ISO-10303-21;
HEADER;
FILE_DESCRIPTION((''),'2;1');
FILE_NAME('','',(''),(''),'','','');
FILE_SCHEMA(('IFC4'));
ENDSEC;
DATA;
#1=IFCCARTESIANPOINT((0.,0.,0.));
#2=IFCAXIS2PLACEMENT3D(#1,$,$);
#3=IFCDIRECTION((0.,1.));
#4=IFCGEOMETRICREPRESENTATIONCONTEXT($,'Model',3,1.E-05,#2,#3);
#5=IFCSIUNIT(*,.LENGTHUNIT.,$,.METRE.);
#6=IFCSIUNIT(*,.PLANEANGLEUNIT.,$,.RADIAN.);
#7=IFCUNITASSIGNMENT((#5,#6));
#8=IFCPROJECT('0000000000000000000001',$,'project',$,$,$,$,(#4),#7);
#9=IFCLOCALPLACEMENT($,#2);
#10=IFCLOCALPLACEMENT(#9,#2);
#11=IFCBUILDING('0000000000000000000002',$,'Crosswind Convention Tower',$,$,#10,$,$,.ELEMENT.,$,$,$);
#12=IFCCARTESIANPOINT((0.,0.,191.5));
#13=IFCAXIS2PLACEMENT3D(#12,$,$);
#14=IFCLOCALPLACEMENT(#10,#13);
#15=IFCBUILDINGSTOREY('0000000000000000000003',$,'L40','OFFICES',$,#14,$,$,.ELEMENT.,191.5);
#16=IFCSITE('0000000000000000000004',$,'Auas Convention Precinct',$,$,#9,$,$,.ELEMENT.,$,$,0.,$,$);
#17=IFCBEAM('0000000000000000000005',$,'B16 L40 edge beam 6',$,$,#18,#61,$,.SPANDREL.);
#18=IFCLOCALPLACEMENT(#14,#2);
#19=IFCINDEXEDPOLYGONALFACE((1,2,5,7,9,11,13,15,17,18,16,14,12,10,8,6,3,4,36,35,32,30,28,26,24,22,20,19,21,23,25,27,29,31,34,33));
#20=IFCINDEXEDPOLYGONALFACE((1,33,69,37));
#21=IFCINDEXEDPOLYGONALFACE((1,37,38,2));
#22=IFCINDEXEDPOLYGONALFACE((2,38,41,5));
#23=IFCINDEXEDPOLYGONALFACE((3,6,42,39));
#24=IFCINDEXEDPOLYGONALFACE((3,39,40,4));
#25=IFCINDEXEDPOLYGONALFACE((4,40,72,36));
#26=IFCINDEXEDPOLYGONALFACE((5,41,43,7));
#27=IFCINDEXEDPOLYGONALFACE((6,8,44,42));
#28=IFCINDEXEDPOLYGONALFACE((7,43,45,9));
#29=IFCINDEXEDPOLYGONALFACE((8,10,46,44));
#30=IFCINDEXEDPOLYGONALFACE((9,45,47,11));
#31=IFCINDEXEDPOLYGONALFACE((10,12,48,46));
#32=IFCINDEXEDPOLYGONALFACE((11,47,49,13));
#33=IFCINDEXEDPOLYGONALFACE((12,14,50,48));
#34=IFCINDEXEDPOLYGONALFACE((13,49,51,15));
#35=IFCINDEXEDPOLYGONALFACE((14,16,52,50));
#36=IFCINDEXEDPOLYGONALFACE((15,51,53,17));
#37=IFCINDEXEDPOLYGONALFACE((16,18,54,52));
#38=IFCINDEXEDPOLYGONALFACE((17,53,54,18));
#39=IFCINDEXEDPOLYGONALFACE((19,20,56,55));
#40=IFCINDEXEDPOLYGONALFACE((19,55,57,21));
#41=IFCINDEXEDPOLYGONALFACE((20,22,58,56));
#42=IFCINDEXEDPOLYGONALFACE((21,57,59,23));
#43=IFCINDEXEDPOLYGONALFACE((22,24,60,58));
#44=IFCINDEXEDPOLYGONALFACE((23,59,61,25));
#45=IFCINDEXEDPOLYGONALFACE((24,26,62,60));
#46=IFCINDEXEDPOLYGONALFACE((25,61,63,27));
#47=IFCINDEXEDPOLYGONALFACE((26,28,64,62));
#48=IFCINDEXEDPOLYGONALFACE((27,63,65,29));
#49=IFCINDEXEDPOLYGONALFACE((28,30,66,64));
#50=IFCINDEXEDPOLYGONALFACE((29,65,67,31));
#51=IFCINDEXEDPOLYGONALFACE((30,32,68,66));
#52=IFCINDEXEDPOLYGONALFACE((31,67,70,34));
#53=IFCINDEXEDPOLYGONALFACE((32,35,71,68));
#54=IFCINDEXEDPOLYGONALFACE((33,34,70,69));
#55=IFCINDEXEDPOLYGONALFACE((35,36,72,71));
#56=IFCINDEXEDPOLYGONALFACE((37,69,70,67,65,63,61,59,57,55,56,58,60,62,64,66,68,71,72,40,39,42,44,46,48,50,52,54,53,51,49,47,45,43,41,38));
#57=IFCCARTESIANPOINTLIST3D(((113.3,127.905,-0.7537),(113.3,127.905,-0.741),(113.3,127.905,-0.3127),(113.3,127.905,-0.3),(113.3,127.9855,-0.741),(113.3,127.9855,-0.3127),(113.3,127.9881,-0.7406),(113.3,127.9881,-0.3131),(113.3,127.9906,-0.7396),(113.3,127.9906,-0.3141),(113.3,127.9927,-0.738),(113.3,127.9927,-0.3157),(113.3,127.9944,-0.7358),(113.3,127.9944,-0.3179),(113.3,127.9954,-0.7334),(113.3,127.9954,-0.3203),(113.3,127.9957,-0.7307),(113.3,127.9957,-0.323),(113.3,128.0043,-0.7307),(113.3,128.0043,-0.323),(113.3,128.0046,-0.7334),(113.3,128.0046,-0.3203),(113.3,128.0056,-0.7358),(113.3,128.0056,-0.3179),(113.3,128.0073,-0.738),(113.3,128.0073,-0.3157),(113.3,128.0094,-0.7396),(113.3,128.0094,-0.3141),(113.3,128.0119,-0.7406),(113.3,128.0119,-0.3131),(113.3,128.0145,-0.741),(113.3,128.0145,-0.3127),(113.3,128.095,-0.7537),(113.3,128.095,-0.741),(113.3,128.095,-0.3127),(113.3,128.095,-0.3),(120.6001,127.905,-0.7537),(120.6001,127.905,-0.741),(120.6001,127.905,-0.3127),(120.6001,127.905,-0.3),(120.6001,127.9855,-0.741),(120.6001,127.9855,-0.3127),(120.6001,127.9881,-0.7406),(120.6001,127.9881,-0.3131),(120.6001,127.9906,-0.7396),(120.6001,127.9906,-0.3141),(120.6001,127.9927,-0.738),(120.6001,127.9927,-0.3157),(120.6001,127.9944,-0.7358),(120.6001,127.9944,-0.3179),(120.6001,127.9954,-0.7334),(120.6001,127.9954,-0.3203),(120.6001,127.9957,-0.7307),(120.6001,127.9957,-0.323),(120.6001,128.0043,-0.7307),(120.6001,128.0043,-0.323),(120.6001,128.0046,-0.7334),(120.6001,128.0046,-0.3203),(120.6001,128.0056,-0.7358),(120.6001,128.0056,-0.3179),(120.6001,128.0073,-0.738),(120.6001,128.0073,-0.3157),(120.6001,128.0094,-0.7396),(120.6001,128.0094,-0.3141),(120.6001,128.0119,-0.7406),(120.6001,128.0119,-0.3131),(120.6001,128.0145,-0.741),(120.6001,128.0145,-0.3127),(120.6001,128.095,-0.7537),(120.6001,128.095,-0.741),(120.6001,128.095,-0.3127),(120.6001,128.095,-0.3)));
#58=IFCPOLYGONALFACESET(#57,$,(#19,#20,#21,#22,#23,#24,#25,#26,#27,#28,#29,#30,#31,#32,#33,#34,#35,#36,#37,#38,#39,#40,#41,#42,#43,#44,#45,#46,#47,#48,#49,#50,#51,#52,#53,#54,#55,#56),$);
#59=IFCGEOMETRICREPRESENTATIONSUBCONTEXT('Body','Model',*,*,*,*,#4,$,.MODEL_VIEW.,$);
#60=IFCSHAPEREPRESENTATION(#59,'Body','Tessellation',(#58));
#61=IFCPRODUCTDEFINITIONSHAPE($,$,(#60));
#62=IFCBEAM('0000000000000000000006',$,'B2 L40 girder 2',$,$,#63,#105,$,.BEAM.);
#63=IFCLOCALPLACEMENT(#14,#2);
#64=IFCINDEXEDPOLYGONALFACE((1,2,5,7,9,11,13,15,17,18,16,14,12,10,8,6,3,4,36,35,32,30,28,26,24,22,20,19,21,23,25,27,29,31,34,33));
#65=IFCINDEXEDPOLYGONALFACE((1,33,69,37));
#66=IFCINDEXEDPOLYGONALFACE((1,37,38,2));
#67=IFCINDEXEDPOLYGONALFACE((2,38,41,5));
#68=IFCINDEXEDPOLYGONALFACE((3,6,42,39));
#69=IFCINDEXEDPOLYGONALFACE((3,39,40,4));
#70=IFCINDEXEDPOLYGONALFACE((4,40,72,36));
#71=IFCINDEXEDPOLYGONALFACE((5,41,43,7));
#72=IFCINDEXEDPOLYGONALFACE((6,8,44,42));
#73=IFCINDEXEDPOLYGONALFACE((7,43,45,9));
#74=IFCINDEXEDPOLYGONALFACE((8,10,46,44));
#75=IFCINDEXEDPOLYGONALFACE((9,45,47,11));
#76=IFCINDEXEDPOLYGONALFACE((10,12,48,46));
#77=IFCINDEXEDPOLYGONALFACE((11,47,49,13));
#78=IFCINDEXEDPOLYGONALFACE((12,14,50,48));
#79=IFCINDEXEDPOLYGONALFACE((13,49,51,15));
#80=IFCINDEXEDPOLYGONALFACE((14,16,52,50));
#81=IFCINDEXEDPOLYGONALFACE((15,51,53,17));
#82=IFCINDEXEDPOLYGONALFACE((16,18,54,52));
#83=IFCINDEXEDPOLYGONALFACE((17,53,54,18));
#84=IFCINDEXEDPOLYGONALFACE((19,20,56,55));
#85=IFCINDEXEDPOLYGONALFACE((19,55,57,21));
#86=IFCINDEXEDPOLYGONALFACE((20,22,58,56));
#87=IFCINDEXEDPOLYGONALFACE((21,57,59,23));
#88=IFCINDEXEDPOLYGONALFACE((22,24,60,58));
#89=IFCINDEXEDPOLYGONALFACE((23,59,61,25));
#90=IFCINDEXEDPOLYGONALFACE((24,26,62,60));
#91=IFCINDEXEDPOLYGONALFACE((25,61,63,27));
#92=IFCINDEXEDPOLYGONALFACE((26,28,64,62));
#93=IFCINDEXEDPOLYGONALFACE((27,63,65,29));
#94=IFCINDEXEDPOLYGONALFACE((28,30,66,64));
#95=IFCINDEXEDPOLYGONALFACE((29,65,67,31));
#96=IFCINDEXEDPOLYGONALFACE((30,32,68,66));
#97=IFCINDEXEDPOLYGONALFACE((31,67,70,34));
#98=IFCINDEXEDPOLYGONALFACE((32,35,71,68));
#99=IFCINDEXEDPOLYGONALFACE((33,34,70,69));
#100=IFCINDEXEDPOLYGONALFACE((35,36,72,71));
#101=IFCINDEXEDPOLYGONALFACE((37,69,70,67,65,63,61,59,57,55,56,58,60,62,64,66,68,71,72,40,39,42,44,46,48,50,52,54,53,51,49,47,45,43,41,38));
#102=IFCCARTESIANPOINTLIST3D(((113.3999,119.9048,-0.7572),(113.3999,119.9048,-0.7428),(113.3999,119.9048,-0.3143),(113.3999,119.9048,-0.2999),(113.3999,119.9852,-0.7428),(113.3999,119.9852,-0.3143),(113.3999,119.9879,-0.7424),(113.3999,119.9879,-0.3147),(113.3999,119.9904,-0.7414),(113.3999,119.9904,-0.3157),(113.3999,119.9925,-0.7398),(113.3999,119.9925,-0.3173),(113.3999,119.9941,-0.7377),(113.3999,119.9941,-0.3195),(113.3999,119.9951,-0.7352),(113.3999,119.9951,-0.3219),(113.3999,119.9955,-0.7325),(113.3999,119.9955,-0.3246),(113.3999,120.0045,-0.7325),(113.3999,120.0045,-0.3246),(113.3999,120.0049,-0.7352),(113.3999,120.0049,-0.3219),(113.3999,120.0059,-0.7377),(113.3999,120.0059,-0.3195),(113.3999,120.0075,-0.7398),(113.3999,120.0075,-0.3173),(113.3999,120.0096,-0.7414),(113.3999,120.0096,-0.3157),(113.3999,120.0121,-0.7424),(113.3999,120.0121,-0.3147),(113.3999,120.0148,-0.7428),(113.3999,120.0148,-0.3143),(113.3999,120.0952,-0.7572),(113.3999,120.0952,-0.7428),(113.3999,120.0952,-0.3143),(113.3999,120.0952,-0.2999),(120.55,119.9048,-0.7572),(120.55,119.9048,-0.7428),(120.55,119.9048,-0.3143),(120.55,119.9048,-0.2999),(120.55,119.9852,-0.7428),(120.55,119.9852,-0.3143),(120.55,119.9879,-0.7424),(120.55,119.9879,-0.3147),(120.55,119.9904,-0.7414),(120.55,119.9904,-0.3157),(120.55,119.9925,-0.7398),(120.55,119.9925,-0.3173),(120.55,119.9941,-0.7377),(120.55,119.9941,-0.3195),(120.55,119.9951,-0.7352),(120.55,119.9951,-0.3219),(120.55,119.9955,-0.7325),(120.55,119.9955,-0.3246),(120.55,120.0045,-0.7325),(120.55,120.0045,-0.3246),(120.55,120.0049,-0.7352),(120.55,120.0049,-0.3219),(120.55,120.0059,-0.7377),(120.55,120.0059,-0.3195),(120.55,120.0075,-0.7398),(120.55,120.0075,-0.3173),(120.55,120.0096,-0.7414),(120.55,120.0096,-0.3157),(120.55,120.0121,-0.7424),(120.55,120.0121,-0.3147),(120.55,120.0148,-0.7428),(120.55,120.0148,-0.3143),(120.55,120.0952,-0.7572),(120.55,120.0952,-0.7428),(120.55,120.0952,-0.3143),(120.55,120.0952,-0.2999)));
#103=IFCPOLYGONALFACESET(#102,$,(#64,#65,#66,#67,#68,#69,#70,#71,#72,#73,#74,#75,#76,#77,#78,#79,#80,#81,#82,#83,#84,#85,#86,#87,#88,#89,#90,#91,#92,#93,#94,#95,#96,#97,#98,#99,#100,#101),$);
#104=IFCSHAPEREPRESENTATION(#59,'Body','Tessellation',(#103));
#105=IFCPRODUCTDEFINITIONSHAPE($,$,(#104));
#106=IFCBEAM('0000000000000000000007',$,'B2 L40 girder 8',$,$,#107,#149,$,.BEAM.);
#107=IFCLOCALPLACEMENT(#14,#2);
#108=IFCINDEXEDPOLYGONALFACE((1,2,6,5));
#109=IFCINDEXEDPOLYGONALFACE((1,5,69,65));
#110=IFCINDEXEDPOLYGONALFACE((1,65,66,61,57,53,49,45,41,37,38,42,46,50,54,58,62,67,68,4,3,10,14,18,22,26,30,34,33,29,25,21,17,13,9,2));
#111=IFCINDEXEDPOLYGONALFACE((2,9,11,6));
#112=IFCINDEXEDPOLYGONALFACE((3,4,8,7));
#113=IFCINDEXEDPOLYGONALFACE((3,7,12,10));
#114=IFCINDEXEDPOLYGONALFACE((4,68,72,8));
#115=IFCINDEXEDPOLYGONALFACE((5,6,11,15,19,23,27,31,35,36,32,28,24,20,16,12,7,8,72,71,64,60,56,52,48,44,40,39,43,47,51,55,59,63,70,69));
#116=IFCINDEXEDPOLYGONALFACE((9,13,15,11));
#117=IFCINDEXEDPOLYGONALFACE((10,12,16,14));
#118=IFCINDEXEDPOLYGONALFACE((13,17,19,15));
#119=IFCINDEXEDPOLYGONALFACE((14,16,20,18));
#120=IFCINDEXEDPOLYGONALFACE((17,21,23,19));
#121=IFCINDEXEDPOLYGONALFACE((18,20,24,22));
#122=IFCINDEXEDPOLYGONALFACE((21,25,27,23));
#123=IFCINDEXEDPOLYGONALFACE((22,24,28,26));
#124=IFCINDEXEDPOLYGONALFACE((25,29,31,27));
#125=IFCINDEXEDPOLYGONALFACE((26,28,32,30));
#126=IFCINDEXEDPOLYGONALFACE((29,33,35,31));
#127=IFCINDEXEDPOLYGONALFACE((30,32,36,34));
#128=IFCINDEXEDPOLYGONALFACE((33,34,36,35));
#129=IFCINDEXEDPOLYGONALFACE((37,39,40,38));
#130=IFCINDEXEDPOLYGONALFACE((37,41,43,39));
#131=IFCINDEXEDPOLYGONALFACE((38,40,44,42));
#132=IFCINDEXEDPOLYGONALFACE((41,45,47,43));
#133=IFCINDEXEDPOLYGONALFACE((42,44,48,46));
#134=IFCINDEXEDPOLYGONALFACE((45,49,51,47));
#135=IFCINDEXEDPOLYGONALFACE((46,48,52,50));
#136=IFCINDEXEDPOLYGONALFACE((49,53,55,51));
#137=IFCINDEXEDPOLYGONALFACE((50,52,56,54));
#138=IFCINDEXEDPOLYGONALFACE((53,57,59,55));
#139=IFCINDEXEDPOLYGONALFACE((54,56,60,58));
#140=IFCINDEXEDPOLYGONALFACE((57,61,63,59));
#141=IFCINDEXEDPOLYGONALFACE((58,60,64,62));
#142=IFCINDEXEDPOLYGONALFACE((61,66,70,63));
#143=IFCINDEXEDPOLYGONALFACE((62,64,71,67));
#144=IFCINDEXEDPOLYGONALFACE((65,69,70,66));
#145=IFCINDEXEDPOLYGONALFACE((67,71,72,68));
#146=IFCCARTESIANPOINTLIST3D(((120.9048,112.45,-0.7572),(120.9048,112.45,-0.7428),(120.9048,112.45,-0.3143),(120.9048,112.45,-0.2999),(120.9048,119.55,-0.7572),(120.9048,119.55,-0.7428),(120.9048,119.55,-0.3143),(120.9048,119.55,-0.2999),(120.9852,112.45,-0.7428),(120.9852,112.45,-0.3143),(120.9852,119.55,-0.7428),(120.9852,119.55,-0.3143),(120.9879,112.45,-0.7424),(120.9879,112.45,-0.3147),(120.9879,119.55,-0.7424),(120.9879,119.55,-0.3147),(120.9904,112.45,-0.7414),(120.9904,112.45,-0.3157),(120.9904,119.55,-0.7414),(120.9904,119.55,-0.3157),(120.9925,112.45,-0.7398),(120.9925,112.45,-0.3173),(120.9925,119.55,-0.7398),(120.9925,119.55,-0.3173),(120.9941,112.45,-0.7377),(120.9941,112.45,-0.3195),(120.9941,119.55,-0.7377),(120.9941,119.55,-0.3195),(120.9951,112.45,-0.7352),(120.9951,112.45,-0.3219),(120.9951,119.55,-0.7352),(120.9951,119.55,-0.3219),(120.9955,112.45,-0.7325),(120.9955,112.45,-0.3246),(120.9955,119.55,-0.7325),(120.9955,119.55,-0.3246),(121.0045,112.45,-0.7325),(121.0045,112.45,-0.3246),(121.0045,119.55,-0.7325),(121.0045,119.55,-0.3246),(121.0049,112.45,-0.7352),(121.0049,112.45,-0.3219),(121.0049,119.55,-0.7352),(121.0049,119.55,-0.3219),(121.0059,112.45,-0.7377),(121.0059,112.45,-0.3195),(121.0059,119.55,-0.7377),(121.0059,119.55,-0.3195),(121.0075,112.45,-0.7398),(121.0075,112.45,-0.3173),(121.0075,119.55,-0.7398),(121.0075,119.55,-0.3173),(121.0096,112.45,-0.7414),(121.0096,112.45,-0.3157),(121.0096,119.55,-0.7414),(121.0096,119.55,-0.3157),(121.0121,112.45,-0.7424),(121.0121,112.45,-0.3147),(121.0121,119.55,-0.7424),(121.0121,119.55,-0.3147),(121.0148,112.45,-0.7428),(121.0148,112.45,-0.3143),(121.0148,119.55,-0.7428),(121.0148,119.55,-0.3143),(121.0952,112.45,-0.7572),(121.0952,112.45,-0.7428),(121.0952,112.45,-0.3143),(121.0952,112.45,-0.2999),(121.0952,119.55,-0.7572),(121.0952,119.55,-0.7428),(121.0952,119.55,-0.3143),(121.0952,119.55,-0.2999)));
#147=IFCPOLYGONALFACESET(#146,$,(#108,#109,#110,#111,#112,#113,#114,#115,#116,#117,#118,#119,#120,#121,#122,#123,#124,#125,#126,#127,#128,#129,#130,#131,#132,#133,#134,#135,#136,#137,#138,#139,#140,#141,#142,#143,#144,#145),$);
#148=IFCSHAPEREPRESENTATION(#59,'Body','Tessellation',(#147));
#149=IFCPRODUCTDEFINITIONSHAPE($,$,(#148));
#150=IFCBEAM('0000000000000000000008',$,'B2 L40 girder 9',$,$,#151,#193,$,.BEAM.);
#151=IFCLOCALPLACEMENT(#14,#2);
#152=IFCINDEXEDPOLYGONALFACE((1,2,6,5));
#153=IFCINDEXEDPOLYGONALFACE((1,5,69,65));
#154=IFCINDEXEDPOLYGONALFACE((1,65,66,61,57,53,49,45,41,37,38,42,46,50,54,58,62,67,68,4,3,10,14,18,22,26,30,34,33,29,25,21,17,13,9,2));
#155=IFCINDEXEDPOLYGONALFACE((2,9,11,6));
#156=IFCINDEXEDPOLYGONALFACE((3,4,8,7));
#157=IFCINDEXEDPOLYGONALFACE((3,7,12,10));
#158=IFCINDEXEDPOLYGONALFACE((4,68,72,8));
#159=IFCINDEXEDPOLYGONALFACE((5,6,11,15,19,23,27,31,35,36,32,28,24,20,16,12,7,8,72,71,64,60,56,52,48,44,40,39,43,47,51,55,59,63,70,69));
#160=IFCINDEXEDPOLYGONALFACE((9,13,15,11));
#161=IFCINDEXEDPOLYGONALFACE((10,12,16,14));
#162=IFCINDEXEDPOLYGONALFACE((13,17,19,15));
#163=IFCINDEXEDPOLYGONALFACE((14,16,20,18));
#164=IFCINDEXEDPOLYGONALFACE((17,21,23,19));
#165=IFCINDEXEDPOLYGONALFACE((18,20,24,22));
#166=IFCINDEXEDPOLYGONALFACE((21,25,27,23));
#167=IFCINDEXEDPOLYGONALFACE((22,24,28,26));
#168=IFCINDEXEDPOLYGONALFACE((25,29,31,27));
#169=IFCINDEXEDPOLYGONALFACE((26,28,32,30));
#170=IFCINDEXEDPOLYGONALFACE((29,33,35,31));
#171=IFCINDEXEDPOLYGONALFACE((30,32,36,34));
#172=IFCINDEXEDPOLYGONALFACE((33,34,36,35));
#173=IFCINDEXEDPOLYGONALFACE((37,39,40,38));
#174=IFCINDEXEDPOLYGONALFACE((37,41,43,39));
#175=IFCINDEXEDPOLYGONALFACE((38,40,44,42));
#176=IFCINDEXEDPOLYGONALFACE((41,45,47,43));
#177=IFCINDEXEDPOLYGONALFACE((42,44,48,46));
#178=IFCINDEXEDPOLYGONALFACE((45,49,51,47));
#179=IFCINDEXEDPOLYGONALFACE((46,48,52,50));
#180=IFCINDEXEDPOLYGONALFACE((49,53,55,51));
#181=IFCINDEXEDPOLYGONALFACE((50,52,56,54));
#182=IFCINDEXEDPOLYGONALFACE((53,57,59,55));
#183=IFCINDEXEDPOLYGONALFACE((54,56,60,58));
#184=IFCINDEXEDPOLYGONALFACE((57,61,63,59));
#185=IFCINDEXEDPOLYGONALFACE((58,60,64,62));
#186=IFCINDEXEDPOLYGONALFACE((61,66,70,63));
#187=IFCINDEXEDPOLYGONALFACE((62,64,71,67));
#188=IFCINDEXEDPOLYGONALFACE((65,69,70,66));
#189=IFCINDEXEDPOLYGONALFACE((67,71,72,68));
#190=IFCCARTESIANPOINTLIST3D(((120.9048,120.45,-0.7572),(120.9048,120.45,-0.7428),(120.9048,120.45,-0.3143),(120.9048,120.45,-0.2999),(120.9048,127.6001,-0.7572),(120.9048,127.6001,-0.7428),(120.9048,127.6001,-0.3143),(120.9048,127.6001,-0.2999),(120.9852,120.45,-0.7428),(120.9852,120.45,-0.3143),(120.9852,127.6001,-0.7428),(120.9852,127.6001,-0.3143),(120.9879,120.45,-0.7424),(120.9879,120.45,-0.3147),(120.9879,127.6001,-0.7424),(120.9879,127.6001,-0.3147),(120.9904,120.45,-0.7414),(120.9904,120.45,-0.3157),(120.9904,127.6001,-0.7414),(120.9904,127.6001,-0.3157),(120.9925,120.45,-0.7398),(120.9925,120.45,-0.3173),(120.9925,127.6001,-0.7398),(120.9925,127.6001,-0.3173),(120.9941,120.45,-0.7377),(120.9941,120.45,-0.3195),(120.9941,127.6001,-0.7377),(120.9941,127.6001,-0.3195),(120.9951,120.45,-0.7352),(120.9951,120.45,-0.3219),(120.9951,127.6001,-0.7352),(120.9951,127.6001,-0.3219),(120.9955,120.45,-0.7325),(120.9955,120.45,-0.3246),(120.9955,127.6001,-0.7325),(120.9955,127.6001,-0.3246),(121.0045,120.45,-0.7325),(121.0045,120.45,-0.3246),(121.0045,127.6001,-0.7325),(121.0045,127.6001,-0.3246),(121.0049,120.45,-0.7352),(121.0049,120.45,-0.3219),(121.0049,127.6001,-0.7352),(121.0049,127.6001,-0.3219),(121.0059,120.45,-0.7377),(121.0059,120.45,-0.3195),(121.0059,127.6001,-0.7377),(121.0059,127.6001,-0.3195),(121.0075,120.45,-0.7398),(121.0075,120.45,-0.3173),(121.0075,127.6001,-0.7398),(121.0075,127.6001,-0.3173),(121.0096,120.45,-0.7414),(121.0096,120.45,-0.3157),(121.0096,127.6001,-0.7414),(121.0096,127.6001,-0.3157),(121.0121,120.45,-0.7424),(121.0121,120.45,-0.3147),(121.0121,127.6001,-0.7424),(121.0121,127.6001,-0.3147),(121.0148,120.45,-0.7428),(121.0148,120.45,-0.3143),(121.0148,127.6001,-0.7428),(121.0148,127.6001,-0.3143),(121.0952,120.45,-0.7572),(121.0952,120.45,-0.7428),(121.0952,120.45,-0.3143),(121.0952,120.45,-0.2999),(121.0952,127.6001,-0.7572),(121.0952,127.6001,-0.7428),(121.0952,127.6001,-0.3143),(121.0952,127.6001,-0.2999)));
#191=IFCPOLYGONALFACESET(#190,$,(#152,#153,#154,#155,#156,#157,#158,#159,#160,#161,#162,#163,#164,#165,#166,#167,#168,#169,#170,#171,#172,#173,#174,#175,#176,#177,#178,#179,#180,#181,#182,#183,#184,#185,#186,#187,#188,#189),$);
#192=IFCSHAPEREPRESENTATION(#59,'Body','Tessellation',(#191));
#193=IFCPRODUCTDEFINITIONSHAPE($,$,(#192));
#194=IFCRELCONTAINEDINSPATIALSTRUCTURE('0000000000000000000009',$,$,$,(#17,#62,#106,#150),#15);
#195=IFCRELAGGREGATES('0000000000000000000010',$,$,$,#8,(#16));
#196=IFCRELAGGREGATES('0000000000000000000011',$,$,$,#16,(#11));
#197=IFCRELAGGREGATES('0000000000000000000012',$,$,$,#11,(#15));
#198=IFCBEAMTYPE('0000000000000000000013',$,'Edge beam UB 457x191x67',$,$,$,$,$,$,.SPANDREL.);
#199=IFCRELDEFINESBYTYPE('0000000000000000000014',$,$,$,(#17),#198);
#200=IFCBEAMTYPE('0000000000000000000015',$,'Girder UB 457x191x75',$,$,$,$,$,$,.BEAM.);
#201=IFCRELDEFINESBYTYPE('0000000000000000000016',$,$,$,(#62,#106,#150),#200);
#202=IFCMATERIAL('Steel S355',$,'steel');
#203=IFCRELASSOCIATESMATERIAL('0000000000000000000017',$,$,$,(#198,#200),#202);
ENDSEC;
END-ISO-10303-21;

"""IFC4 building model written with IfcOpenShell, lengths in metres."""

from ifc_helpers import new_model, si_unit, direction, frame, origin, origin_2d, place, context, subcontext, project, spatial, i_section, extrude, material, material_profile, profile_set, type_object, element, save


model = new_model("IFC4")

# Units and contexts
model_context = context("Model", 3, precision=1e-05, world=origin(), true_north=direction((0.0, 1.0)))
body_context = subcontext(model_context, "Body", "Model", "MODEL_VIEW")
ifc_project = project(units=[si_unit("LENGTHUNIT", "METRE"), si_unit("PLANEANGLEUNIT", "RADIAN")], contexts=[model_context])

# Site, building, storey
site_placement = place(None, origin())
site = spatial("IfcSite", under=ifc_project, at=site_placement, Name="Auas Convention Precinct", CompositionType="ELEMENT", RefElevation=0.0)
building_placement = place(site_placement, origin())
building = spatial("IfcBuilding", under=site, at=building_placement, Name="Crosswind Convention Tower", CompositionType="ELEMENT")
storey_placement = place(building_placement, frame((0.0, 0.0, 191.5)))
storey = spatial("IfcBuildingStorey", under=building, at=storey_placement, Name="L40", Description="OFFICES", CompositionType="ELEMENT", Elevation=191.5)

# Beams
ifc_material_1 = material(Name="Steel S355", Category="steel")
ifc_material_profile_1 = material_profile(ifc_material_1, i_section(OverallWidth=0.1899, OverallDepth=0.4536, WebThickness=0.0085, FlangeThickness=0.0127, FilletRadius=0.0103, at=origin_2d()), Name="UB 457x191x67")
ifc_profile_set_1 = profile_set([ifc_material_profile_1], Name="Steel S355")
beam_type_1 = type_object("IfcBeamType", Name="Edge beam UB 457x191x67", PredefinedType="SPANDREL", material=ifc_profile_set_1)
for number, where, z_axis, x_axis, name in (
    (1, (113.3, 128.0, -0.5269), (1.0, 0.0, 0.0), (0.0, 1.0, 0.0), "B16 L40 edge beam 6"),
):
    element("IfcBeam", number, at=place(storey_placement, frame(where, z_axis=z_axis, x_axis=x_axis)), inside=storey, type_object=beam_type_1, Name=name, PredefinedType="SPANDREL", context=body_context, shape_type="SweptSolid", body=[
        extrude(i_section(OverallWidth=0.1899, OverallDepth=0.4536, WebThickness=0.0085, FlangeThickness=0.0127, FilletRadius=0.0103, at=origin_2d()), origin(), (0.0, 0.0, 1.0), 7.3),
    ])
ifc_material_profile_2 = material_profile(ifc_material_1, i_section(OverallWidth=0.1904, OverallDepth=0.4573, WebThickness=0.009, FlangeThickness=0.0144, FilletRadius=0.0103, at=origin_2d()), Name="UB 457x191x75")
ifc_profile_set_2 = profile_set([ifc_material_profile_2], Name="Steel S355")
beam_type_2 = type_object("IfcBeamType", Name="Girder UB 457x191x75", PredefinedType="BEAM", material=ifc_profile_set_2)
beam_1_placement = place(storey_placement, frame((113.3999, 120.0, -0.5286), z_axis=(1.0, 0.0, 0.0), x_axis=(0.0, 1.0, 0.0)))
element("IfcBeam", 2, at=beam_1_placement, inside=storey, type_object=beam_type_2, Name="B2 L40 girder 2", PredefinedType="BEAM", context=body_context, shape_type="SweptSolid", body=[
    extrude(i_section(OverallWidth=0.1904, OverallDepth=0.4573, WebThickness=0.009, FlangeThickness=0.0144, FilletRadius=0.0103, at=origin_2d()), origin(), (0.0, 0.0, 1.0), 7.1501),
])
beam_2_placement = place(storey_placement, frame((121.0, 112.45, -0.5286), z_axis=(0.0, 1.0, 0.0), x_axis=(-1.0, 0.0, 0.0)))
element("IfcBeam", 3, at=beam_2_placement, inside=storey, type_object=beam_type_2, Name="B2 L40 girder 8", PredefinedType="BEAM", context=body_context, shape_type="SweptSolid", body=[
    extrude(i_section(OverallWidth=0.1904, OverallDepth=0.4573, WebThickness=0.009, FlangeThickness=0.0144, FilletRadius=0.0103, at=origin_2d()), origin(), (0.0, 0.0, 1.0), 7.1001),
])
beam_3_placement = place(storey_placement, frame((121.0, 120.45, -0.5286), z_axis=(0.0, 1.0, 0.0), x_axis=(-1.0, 0.0, 0.0)))
element("IfcBeam", 4, at=beam_3_placement, inside=storey, type_object=beam_type_2, Name="B2 L40 girder 9", PredefinedType="BEAM", context=body_context, shape_type="SweptSolid", body=[
    extrude(i_section(OverallWidth=0.1904, OverallDepth=0.4573, WebThickness=0.009, FlangeThickness=0.0144, FilletRadius=0.0103, at=origin_2d()), origin(), (0.0, 0.0, 1.0), 7.1501),
])

save(model, "model.ifc")
